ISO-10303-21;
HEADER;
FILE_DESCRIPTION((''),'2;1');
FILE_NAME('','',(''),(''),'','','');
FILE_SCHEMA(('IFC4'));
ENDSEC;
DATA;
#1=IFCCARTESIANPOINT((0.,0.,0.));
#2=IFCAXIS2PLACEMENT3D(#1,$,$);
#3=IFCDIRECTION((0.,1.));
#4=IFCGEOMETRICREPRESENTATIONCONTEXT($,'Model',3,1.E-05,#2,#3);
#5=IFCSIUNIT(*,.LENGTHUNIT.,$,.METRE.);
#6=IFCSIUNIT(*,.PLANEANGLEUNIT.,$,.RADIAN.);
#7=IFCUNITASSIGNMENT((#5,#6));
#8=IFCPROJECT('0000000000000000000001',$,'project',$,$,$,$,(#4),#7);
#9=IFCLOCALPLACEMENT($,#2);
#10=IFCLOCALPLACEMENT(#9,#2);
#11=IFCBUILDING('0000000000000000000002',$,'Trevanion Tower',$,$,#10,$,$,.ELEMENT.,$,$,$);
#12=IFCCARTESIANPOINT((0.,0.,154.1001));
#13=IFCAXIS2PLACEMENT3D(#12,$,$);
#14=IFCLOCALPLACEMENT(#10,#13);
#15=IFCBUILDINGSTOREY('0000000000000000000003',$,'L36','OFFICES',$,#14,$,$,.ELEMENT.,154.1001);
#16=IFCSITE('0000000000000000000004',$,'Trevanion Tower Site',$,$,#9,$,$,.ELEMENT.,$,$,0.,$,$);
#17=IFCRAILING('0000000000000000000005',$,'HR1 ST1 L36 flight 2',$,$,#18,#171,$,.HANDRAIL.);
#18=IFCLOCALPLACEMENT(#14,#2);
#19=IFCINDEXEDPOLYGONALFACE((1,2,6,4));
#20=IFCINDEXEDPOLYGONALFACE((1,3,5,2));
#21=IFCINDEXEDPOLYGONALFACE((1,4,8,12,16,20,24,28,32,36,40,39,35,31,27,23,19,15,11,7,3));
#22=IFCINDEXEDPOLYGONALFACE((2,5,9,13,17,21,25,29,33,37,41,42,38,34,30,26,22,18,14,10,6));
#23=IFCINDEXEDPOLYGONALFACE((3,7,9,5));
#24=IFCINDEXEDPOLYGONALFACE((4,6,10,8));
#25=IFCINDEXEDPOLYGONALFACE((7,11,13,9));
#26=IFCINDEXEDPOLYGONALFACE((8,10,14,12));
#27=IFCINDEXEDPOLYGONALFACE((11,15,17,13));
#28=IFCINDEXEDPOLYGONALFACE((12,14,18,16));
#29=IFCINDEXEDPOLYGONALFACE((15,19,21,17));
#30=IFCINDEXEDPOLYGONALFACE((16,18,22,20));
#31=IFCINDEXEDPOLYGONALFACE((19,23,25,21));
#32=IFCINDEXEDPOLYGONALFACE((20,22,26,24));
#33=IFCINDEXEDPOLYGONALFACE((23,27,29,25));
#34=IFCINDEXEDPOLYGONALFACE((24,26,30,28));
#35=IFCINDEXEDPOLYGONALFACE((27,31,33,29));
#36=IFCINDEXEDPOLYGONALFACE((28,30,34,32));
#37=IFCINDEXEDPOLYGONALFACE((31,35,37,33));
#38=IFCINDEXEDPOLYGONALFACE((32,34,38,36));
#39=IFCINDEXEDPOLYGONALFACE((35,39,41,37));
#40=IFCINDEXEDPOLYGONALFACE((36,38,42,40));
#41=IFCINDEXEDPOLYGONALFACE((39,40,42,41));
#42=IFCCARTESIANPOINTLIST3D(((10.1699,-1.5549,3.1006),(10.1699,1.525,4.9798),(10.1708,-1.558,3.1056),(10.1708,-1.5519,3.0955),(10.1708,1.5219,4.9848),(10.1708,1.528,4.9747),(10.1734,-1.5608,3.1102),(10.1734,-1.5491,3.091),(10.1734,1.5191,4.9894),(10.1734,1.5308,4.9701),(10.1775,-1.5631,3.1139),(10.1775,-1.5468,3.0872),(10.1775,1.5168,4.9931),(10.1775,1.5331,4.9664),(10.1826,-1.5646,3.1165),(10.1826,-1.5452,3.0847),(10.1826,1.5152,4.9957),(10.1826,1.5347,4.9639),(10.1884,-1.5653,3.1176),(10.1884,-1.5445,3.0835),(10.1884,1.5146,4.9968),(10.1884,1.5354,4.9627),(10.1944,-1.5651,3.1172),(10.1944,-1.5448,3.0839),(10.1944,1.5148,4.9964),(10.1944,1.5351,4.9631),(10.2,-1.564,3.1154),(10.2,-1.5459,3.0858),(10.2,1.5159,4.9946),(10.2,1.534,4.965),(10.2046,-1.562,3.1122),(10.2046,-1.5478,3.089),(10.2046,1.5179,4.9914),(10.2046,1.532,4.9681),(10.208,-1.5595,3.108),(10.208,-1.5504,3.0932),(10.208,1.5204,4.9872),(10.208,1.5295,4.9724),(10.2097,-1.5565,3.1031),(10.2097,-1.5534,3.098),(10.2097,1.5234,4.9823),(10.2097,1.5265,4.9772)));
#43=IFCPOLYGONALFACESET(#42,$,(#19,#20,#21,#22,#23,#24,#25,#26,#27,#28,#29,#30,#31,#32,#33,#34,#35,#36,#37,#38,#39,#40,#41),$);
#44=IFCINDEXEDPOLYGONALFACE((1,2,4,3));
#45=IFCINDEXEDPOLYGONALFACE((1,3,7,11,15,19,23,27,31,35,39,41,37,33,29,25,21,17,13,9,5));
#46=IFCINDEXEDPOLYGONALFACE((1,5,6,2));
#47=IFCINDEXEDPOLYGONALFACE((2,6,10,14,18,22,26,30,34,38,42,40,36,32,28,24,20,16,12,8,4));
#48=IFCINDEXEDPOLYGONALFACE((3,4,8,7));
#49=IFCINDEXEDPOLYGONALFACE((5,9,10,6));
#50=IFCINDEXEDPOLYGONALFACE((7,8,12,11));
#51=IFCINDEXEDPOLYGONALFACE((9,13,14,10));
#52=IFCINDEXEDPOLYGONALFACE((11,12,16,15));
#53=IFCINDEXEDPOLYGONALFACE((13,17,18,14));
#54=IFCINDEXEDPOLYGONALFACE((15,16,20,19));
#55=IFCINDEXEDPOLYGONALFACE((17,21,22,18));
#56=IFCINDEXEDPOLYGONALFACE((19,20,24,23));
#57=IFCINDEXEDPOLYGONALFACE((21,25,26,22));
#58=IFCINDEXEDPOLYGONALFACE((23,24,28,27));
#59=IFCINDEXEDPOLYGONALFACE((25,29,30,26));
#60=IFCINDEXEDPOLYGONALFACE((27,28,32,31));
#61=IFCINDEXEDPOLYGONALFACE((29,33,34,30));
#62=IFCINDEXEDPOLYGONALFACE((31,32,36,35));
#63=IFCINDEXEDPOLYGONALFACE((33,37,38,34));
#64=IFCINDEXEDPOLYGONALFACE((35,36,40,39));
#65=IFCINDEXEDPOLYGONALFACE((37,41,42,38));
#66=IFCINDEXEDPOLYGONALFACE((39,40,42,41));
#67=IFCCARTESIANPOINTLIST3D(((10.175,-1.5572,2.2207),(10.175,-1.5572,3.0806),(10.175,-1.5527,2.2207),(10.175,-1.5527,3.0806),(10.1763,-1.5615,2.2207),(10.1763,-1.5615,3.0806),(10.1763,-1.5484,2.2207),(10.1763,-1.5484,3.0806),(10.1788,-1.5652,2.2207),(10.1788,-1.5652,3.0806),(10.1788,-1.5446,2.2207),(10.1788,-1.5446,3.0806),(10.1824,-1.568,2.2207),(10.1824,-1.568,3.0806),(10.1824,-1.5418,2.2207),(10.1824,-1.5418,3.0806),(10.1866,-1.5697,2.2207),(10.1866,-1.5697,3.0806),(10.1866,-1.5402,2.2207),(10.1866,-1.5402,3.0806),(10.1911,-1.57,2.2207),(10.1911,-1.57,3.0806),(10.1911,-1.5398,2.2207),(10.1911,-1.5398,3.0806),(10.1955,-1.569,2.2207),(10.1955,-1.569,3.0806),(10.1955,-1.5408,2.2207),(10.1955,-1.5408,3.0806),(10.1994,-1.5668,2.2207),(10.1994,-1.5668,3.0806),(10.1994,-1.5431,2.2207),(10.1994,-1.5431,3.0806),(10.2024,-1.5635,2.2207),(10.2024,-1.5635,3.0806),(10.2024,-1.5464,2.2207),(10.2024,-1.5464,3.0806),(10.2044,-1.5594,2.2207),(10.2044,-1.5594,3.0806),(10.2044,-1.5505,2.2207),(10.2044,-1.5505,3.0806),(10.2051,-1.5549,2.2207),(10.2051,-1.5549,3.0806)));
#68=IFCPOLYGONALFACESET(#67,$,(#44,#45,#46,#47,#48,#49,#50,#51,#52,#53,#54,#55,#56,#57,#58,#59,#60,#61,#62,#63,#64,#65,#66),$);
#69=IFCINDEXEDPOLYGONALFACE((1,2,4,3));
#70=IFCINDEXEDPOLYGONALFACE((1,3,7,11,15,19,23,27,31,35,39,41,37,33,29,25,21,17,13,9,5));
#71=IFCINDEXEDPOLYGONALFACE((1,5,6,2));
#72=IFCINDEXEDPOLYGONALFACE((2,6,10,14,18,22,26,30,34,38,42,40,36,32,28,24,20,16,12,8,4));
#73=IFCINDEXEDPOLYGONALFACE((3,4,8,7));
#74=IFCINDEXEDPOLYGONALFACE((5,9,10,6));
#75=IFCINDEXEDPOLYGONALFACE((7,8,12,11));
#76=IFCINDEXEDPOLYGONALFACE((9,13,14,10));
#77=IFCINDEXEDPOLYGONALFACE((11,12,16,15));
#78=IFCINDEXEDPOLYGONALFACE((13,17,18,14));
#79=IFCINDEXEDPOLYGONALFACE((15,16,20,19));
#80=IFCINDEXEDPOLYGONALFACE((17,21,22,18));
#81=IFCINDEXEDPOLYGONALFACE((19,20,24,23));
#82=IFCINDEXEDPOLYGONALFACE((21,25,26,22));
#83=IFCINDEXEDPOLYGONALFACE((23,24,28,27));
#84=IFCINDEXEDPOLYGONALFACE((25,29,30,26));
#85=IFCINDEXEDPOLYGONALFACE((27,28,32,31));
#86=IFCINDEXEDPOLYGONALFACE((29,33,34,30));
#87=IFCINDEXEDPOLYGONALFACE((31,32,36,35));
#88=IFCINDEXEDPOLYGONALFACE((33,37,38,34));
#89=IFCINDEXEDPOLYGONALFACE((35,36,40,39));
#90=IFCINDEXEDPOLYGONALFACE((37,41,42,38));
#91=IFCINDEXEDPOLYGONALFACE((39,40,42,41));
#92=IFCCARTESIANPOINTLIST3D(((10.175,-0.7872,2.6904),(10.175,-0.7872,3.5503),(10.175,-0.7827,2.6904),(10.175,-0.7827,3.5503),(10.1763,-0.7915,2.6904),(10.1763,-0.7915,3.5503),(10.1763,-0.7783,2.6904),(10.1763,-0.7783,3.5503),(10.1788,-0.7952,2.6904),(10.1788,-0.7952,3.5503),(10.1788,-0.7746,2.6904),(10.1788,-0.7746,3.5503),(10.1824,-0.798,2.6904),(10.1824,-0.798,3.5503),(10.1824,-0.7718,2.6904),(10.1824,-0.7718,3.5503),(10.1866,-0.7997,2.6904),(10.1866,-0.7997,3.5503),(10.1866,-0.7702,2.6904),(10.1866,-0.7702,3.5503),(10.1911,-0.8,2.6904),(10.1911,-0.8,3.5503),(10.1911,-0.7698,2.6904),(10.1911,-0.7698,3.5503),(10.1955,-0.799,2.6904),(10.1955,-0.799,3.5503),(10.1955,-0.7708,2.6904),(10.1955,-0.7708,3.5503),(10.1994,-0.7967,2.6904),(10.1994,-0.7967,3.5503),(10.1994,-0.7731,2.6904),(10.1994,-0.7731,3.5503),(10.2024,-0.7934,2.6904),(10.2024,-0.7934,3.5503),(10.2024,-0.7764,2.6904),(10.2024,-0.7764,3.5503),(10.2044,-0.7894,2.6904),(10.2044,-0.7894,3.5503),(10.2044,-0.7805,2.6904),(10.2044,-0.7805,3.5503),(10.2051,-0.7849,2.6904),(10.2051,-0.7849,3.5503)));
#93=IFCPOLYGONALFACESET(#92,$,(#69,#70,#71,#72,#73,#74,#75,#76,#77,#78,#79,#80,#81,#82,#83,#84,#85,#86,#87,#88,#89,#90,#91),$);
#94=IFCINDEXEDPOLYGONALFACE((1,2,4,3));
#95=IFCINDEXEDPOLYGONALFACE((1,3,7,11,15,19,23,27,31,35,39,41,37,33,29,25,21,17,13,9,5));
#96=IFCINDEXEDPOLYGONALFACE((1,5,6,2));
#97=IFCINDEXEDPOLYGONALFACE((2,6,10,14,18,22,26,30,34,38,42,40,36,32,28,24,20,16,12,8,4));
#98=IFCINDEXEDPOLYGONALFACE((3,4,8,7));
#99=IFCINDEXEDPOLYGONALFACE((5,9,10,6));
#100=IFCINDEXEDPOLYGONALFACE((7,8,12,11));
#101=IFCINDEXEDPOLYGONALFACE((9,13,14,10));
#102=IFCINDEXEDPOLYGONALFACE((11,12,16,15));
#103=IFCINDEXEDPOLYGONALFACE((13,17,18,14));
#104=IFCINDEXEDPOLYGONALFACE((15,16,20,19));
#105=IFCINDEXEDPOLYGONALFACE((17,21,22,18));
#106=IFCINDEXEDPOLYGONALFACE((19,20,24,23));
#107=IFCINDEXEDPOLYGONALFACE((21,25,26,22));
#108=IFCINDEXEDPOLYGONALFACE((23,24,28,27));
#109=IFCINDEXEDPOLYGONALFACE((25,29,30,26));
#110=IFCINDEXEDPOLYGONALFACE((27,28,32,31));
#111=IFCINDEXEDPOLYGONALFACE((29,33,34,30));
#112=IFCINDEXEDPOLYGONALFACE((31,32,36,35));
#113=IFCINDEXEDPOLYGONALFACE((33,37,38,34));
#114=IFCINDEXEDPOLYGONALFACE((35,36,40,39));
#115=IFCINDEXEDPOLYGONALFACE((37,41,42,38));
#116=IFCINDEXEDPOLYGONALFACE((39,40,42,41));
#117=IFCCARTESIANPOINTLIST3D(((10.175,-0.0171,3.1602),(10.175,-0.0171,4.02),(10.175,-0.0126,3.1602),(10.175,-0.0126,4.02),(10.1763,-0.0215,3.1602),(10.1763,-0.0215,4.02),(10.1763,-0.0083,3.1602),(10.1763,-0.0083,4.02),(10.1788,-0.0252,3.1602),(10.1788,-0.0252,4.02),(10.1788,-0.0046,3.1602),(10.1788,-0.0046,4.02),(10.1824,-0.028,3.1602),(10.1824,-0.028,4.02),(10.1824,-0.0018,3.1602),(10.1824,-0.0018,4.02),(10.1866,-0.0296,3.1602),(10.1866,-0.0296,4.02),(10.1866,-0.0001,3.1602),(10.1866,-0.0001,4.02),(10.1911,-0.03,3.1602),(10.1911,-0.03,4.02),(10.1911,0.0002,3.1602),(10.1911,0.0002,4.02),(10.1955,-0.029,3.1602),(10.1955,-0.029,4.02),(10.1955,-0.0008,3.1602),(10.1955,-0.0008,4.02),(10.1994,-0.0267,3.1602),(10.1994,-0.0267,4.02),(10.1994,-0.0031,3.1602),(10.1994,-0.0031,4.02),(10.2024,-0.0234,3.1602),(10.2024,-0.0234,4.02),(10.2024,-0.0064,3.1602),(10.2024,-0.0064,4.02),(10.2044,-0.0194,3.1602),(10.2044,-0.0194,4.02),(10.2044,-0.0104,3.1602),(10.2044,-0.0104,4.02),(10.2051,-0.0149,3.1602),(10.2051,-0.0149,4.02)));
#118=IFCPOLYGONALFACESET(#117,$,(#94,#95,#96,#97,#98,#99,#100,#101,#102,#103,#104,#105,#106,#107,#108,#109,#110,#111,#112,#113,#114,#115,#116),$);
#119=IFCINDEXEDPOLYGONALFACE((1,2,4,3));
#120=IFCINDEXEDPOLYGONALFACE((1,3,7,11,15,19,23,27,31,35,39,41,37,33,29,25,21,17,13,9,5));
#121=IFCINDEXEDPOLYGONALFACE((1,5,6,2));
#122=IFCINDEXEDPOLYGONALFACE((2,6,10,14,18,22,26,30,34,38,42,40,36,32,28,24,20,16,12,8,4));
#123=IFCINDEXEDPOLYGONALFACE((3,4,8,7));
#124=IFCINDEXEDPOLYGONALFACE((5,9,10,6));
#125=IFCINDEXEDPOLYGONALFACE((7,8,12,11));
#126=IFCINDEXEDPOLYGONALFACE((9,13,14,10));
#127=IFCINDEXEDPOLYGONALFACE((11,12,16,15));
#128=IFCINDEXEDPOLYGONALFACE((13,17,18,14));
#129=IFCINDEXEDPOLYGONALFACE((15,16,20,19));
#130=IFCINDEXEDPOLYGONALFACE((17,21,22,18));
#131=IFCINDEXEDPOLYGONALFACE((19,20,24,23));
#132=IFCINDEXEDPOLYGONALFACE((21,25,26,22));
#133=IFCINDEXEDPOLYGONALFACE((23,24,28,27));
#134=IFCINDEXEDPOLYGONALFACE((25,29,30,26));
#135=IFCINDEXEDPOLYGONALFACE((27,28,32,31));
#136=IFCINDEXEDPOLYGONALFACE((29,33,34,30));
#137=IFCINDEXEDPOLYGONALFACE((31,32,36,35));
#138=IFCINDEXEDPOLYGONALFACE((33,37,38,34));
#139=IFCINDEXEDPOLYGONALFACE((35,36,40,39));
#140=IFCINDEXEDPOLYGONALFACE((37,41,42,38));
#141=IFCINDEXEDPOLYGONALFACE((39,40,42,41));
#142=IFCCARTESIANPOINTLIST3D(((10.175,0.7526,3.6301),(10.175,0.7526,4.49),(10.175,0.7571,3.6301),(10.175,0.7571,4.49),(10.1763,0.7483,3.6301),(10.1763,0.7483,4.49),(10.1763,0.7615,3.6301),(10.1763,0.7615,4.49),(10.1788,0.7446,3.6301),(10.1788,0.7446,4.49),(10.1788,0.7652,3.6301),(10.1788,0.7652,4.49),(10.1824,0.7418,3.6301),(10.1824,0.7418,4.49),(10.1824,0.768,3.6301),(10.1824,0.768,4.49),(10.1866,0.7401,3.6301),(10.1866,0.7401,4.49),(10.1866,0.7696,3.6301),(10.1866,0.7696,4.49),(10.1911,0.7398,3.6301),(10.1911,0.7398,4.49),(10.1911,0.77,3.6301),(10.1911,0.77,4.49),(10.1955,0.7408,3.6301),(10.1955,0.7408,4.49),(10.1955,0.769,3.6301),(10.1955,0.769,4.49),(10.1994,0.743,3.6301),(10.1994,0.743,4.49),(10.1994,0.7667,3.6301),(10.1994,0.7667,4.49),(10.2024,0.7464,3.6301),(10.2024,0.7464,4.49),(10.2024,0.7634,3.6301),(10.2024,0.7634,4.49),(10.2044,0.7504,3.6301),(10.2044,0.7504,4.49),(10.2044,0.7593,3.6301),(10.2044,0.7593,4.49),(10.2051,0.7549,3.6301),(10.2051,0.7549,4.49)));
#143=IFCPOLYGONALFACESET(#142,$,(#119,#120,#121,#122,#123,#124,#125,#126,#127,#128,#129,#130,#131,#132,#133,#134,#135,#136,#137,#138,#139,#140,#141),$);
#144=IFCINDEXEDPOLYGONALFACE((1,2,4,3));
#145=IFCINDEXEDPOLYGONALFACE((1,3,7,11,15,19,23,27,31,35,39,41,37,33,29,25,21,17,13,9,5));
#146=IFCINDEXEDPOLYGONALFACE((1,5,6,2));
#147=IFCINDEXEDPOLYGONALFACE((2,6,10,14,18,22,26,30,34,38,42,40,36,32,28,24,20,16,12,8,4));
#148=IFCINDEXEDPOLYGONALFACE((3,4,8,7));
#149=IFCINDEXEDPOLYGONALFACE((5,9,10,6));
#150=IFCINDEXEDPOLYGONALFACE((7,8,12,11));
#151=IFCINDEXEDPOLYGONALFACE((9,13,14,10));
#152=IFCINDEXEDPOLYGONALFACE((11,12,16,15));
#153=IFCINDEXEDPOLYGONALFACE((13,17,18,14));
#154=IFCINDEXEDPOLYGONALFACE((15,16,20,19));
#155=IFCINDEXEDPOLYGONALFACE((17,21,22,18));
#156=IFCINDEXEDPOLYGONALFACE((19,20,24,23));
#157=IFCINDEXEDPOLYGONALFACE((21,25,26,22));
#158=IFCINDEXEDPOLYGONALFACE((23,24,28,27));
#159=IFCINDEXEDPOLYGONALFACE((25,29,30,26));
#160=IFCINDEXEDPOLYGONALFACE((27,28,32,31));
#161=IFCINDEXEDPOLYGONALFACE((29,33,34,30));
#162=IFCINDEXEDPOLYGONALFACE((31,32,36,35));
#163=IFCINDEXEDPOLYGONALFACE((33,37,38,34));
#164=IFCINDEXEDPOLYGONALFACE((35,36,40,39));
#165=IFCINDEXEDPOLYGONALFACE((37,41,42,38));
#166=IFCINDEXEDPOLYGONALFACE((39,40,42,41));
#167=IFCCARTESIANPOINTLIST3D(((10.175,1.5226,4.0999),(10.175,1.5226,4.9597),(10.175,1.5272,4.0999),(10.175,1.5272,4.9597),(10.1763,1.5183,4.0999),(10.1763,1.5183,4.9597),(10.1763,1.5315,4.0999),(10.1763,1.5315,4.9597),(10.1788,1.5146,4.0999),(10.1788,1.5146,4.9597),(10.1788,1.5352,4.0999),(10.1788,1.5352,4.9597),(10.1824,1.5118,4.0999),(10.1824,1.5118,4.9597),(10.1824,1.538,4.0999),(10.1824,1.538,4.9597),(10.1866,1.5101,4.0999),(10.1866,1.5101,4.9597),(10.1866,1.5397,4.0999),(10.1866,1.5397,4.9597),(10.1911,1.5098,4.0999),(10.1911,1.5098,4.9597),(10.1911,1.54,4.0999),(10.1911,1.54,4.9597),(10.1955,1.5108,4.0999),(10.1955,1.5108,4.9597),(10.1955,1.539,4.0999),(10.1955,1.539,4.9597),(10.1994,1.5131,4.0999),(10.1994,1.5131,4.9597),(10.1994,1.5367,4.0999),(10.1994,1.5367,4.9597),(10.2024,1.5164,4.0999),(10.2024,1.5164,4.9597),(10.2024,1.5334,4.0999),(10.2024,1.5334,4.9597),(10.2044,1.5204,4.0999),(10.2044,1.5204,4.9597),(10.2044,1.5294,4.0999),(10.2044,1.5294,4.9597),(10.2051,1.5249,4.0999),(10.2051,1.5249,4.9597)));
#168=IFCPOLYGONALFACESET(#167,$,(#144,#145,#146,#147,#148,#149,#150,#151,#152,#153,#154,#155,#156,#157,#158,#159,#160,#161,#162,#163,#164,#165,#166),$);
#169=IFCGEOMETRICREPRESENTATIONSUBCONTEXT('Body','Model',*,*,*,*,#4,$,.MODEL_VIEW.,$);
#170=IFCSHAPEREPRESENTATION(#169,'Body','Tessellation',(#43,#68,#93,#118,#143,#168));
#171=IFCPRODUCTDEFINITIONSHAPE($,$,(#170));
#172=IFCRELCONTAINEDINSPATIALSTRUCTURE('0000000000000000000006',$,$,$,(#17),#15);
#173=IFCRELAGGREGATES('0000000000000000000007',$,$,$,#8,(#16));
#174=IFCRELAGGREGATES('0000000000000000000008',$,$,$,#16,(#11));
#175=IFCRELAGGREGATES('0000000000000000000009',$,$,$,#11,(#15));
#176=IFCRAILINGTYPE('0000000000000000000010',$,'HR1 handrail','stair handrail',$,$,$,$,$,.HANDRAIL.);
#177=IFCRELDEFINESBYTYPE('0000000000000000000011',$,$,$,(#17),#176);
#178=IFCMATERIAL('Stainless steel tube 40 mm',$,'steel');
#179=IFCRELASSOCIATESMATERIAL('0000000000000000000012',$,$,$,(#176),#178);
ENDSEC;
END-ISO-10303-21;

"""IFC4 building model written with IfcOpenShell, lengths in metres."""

from ifc_helpers import new_model, si_unit, direction, frame, origin, origin_2d, place, context, subcontext, project, spatial, circle, extrude, material, type_object, element, save


model = new_model("IFC4")

# Units and contexts
model_context = context("Model", 3, precision=1e-05, world=origin(), true_north=direction((0.0, 1.0)))
body_context = subcontext(model_context, "Body", "Model", "MODEL_VIEW")
ifc_project = project(units=[si_unit("LENGTHUNIT", "METRE"), si_unit("PLANEANGLEUNIT", "RADIAN")], contexts=[model_context])

# Site, building, storey
site_placement = place(None, origin())
site = spatial("IfcSite", under=ifc_project, at=site_placement, Name="Trevanion Tower Site", CompositionType="ELEMENT", RefElevation=0.0)
building_placement = place(site_placement, origin())
building = spatial("IfcBuilding", under=site, at=building_placement, Name="Trevanion Tower", CompositionType="ELEMENT")
storey_placement = place(building_placement, frame((0.0, 0.0, 154.1001)))
storey = spatial("IfcBuildingStorey", under=building, at=storey_placement, Name="L36", Description="OFFICES", CompositionType="ELEMENT", Elevation=154.1001)

# Railing
ifc_material_1 = material(Name="Stainless steel tube 40 mm", Category="steel")
railing_type = type_object("IfcRailingType", Name="HR1 handrail", Description="stair handrail", PredefinedType="HANDRAIL", material=ifc_material_1)
for number, where, name in (
    (1, (10.1899, -1.5549, 2.2207), "HR1 ST1 L36 flight 2"),
):
    element("IfcRailing", number, at=place(storey_placement, frame(where)), inside=storey, type_object=railing_type, Name=name, PredefinedType="HANDRAIL", context=body_context, shape_type="SweptSolid", body=[
        extrude(circle(Radius=0.02, at=origin_2d()), frame((0.0, 0.0, 0.8799), z_axis=(0.0, 0.853648, 0.52085), x_axis=(-1.0, 0.0, 0.0)), (0.0, 0.0, 1.0), 3.6079),
        extrude(circle(Radius=0.0151, at=origin_2d()), origin(), (0.0, 0.0, 1.0), 0.8599),
        extrude(circle(Radius=0.0151, at=origin_2d()), frame((0.0, 0.77, 0.4697)), (0.0, 0.0, 1.0), 0.8599),
        extrude(circle(Radius=0.0151, at=origin_2d()), frame((0.0, 1.54, 0.9395)), (0.0, 0.0, 1.0), 0.8599),
        extrude(circle(Radius=0.0151, at=origin_2d()), frame((0.0, 2.3098, 1.4094)), (0.0, 0.0, 1.0), 0.8599),
        extrude(circle(Radius=0.0151, at=origin_2d()), frame((0.0, 3.0798, 1.8792)), (0.0, 0.0, 1.0), 0.8599),
    ])

save(model, "model.ifc")
